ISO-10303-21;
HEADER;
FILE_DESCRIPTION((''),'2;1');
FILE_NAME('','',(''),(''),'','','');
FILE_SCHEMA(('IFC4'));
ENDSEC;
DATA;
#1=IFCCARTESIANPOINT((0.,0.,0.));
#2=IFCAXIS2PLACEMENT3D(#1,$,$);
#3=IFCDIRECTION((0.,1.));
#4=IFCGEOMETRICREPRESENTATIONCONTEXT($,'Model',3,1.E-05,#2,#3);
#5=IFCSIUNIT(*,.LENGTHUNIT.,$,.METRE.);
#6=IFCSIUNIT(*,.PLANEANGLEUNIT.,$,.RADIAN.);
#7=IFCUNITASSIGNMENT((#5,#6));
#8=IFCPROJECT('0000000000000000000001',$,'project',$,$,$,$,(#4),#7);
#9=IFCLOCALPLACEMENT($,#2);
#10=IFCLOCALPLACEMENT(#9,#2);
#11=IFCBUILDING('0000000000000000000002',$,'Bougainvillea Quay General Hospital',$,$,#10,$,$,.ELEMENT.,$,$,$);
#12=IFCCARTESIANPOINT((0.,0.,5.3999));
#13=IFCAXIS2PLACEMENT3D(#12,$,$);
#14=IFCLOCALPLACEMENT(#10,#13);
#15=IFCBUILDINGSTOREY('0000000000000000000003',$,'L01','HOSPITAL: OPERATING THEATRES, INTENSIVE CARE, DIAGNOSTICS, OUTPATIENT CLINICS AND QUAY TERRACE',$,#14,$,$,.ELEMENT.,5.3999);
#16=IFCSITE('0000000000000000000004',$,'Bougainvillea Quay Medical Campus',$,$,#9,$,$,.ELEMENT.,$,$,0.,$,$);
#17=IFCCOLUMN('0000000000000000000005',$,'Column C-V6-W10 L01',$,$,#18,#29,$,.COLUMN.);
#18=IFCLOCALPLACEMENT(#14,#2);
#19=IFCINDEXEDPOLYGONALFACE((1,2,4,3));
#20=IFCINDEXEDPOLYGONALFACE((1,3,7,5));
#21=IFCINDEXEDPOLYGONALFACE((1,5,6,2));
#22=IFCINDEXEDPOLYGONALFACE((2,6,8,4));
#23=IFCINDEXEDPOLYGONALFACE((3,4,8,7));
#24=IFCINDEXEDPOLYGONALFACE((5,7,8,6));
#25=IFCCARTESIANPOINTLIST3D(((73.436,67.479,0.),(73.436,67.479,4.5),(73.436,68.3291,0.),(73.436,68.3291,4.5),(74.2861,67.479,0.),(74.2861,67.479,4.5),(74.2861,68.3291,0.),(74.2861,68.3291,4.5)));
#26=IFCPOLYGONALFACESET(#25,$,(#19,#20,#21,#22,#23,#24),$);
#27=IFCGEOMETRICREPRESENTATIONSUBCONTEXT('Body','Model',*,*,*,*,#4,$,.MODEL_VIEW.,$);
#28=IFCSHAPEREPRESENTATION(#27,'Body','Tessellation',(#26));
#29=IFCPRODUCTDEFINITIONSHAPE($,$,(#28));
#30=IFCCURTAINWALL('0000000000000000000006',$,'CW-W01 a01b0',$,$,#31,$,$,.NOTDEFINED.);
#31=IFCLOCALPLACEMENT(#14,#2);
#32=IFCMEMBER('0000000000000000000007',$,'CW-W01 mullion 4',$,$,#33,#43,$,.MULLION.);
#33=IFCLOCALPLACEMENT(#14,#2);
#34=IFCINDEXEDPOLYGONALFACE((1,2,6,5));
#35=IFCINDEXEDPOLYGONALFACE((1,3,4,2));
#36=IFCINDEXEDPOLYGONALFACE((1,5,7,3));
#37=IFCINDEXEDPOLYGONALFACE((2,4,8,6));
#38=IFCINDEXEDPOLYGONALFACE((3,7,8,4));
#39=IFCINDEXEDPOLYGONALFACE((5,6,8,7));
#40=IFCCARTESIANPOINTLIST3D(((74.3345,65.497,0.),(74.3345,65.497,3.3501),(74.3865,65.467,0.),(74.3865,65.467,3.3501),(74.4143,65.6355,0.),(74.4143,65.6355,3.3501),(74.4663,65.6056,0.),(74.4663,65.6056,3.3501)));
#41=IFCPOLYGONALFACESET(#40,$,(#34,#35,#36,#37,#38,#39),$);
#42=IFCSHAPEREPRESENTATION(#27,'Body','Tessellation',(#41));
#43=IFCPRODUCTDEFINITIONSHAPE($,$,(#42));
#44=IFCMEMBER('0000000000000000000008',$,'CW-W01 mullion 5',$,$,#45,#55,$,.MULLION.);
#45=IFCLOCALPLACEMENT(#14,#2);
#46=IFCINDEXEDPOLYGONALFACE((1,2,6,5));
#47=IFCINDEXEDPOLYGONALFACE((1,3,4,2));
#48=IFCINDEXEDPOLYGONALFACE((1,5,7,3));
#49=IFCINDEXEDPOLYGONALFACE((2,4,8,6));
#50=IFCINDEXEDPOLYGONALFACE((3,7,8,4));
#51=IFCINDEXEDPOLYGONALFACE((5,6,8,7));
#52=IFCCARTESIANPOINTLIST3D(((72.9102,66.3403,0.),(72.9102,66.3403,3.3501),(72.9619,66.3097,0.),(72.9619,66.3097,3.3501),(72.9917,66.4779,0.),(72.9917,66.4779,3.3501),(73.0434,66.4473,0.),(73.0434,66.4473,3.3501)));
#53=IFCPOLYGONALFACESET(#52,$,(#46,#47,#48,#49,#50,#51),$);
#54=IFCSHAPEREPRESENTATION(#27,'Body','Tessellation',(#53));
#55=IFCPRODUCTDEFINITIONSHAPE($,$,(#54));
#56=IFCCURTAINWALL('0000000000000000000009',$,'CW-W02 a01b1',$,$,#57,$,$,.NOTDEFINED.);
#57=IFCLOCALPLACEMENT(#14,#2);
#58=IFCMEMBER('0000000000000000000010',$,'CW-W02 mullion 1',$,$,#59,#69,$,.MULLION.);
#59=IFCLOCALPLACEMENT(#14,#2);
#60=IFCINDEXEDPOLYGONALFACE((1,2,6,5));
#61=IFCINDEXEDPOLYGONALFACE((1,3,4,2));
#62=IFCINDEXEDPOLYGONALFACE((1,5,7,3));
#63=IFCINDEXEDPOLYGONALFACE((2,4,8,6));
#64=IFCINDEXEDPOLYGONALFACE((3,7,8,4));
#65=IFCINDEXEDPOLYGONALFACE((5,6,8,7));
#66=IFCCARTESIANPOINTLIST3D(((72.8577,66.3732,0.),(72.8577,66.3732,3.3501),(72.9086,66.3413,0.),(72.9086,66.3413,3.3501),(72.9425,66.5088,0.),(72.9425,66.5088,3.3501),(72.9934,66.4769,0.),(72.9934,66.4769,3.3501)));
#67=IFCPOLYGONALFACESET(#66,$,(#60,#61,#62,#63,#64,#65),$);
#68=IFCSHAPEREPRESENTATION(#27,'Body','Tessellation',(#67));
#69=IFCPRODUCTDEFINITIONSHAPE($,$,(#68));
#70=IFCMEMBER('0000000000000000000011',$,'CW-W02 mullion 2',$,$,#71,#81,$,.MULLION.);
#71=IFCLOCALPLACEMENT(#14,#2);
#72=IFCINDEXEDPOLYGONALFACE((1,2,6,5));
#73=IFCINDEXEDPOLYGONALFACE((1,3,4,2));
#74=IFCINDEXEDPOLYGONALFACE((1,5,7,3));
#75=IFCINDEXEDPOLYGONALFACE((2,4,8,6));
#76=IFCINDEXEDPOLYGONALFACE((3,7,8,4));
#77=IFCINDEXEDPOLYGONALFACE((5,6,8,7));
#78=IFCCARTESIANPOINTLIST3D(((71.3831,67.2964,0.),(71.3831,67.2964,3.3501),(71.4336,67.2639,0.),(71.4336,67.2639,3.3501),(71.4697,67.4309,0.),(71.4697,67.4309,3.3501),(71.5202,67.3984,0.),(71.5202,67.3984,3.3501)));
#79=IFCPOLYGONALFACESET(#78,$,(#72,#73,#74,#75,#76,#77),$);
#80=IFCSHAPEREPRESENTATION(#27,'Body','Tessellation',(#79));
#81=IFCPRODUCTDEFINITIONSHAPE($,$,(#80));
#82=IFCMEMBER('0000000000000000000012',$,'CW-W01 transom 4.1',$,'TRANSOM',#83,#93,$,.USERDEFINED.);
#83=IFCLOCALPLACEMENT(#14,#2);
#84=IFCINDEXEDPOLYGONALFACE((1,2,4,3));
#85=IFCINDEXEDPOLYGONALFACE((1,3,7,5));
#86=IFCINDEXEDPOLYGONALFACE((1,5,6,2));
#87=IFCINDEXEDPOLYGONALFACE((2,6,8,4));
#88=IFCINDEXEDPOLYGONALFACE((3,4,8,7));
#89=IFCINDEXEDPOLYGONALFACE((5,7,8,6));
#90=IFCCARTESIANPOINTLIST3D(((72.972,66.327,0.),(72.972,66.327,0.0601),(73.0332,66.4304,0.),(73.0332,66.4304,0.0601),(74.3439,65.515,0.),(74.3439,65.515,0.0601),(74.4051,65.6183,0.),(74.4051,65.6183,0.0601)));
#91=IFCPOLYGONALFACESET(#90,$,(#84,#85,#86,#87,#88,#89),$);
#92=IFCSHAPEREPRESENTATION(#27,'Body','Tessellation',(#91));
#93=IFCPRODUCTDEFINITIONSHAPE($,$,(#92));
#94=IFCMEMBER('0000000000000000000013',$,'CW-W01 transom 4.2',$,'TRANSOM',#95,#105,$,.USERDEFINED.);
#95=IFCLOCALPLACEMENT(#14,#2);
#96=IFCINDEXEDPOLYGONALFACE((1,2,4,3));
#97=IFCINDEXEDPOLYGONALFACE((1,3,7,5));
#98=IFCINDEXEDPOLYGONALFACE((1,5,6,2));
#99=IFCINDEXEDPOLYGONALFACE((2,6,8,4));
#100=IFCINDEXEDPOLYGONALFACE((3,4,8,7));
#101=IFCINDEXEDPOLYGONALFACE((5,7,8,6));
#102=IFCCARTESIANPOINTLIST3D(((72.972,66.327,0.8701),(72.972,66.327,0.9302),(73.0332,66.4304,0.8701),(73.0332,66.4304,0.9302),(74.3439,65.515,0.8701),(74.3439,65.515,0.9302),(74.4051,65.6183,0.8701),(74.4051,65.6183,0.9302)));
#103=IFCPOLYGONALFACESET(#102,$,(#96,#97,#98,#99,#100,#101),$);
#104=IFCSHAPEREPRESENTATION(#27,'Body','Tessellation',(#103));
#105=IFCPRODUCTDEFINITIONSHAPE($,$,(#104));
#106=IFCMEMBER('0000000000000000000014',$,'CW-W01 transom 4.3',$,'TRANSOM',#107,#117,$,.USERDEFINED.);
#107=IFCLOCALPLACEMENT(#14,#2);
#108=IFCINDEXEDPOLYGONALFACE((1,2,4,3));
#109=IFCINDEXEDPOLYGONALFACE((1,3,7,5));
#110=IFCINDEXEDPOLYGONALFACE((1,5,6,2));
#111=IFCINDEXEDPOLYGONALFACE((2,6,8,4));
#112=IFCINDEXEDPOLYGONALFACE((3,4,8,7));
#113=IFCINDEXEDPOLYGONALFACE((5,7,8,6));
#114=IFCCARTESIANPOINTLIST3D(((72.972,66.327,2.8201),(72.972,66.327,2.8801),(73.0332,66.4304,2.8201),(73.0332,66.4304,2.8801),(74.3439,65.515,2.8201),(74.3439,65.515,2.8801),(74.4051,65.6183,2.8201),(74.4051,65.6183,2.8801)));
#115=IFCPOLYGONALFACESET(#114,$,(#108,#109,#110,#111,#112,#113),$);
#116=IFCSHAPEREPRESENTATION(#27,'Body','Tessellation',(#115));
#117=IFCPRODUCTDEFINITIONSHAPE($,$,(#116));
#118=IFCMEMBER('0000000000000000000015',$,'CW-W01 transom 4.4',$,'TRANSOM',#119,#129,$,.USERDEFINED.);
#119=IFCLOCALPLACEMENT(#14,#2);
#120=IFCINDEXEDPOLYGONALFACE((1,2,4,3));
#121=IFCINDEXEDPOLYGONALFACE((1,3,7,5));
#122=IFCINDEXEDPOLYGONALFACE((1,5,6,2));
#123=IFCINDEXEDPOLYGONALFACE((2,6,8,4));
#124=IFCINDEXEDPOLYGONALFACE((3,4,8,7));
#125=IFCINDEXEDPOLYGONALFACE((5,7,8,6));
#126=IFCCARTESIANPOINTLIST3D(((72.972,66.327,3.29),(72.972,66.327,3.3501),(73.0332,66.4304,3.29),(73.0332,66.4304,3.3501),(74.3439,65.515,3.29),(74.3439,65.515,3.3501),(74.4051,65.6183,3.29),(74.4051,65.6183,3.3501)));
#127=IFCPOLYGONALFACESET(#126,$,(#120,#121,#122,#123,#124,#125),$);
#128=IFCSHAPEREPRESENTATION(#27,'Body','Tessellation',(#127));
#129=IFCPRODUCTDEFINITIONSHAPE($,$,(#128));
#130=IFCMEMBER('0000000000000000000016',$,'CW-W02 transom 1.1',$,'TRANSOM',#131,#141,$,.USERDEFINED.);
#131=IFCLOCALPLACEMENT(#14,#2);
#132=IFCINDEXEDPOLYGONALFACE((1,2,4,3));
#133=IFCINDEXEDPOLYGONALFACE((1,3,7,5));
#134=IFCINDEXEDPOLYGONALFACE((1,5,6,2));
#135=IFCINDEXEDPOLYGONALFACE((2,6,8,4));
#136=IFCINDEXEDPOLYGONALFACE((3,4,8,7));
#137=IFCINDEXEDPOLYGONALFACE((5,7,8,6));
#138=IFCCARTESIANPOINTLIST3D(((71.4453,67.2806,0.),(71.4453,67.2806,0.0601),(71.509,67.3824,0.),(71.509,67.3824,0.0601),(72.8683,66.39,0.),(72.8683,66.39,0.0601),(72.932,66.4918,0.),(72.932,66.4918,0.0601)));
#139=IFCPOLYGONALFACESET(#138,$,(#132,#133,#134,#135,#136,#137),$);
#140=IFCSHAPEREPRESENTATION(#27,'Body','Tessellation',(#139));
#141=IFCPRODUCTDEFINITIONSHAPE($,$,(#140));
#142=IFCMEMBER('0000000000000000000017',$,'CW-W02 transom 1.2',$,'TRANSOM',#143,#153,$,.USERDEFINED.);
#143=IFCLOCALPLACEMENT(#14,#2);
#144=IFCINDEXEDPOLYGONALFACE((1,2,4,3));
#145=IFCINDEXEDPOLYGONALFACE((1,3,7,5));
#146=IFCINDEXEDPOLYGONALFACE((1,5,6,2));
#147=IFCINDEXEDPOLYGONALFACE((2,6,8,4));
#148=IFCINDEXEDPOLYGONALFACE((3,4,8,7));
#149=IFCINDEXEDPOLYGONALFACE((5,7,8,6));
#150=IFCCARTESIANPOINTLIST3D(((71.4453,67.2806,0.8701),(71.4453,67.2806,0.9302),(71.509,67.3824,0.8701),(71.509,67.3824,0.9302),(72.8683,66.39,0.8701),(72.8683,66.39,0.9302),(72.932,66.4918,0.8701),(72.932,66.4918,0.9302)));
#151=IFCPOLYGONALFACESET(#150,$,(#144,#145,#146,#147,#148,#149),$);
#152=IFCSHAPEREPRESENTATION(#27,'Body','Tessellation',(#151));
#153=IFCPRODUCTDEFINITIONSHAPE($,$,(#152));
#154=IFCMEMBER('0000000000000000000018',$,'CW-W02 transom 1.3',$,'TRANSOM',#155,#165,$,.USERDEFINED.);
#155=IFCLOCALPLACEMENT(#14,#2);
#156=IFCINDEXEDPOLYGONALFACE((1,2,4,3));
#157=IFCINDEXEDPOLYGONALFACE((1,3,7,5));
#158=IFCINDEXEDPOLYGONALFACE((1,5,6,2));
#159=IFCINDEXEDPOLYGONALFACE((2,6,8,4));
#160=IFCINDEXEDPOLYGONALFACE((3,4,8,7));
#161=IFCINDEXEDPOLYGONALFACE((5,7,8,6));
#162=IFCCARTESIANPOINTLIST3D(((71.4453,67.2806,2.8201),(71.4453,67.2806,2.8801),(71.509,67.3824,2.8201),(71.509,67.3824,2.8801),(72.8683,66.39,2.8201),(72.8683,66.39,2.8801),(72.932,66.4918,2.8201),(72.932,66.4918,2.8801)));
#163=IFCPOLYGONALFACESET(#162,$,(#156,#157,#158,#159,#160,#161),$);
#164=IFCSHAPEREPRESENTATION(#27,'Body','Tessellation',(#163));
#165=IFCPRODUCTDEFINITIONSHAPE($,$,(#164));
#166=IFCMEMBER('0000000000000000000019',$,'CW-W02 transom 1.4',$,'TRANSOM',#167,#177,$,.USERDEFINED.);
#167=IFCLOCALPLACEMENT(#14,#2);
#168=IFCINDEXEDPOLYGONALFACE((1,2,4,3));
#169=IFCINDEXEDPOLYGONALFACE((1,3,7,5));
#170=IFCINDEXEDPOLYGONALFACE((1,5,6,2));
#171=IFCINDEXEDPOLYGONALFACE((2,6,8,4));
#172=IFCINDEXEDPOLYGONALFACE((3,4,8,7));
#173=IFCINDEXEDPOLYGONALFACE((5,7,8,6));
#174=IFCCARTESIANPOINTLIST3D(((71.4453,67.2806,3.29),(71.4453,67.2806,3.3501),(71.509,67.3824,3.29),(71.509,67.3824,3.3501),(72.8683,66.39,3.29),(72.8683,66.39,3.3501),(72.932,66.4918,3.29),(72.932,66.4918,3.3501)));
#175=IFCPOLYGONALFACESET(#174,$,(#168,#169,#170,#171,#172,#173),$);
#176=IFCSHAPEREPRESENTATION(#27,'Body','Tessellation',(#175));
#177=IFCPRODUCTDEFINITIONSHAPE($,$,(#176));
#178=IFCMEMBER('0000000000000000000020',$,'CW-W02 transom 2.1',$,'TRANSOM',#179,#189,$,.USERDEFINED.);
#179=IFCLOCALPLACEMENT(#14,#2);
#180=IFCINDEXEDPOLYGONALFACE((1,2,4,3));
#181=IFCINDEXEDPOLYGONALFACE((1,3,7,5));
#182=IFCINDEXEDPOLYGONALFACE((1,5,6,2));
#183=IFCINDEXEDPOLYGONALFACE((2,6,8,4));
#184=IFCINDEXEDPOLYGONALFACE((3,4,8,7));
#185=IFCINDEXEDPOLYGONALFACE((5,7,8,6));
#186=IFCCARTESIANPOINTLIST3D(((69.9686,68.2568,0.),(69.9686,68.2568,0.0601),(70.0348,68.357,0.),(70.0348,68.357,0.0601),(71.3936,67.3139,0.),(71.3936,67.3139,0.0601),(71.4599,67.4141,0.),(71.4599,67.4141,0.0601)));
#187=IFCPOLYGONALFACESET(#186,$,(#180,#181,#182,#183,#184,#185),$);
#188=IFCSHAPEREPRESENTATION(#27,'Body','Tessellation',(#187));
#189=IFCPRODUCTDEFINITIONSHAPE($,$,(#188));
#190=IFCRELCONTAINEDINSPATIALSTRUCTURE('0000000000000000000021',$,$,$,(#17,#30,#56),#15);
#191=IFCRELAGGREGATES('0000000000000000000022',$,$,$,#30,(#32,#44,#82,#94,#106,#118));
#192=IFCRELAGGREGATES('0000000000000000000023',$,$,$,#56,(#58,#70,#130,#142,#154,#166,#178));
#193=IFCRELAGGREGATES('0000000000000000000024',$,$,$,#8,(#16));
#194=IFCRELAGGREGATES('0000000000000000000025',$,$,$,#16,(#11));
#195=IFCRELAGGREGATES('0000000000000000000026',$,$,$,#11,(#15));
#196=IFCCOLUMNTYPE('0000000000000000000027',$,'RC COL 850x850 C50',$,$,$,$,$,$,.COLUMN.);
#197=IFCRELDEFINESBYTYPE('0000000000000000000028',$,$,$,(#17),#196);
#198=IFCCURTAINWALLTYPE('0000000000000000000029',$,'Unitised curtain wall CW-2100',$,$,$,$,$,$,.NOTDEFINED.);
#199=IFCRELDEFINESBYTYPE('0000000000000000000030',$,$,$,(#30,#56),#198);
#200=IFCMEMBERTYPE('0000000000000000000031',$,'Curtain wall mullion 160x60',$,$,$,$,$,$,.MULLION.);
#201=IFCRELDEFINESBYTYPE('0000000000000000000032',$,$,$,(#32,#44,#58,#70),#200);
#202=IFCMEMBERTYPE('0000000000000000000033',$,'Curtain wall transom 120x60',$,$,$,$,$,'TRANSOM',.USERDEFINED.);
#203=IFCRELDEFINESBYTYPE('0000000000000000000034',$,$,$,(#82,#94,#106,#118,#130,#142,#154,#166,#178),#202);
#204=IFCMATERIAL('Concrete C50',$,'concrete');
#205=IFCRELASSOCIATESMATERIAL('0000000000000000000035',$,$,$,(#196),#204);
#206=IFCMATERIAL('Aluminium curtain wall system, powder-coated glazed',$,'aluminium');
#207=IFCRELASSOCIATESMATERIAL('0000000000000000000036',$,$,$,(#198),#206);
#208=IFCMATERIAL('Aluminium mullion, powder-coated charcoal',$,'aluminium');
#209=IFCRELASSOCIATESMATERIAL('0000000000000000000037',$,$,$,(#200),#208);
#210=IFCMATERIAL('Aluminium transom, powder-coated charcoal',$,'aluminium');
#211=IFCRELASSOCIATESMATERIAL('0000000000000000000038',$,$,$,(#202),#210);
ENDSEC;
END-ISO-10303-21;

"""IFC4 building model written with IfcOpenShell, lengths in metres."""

from ifc_helpers import new_model, si_unit, direction, frame, origin, origin_2d, place, context, subcontext, project, spatial, rectangle, extrude, material, material_profile, profile_set, type_object, element, aggregate, save


model = new_model("IFC4")

# Units and contexts
model_context = context("Model", 3, precision=1e-05, world=origin(), true_north=direction((0.0, 1.0)))
body_context = subcontext(model_context, "Body", "Model", "MODEL_VIEW")
ifc_project = project(units=[si_unit("LENGTHUNIT", "METRE"), si_unit("PLANEANGLEUNIT", "RADIAN")], contexts=[model_context])

# Site, building, storey
site_placement = place(None, origin())
site = spatial("IfcSite", under=ifc_project, at=site_placement, Name="Bougainvillea Quay Medical Campus", CompositionType="ELEMENT", RefElevation=0.0)
building_placement = place(site_placement, origin())
building = spatial("IfcBuilding", under=site, at=building_placement, Name="Bougainvillea Quay General Hospital", CompositionType="ELEMENT")
storey_placement = place(building_placement, frame((0.0, 0.0, 5.3999)))
storey = spatial("IfcBuildingStorey", under=building, at=storey_placement, Name="L01", Description="HOSPITAL: OPERATING THEATRES, INTENSIVE CARE, DIAGNOSTICS, OUTPATIENT CLINICS AND QUAY TERRACE", CompositionType="ELEMENT", Elevation=5.3999)

# Column
ifc_material_1 = material(Name="Concrete C50", Category="concrete")
ifc_material_profile_1 = material_profile(ifc_material_1, rectangle(XDim=0.8501, YDim=0.8501, at=origin_2d()))
ifc_profile_set_1 = profile_set([ifc_material_profile_1], Name="Concrete C50")
column_type = type_object("IfcColumnType", Name="RC COL 850x850 C50", PredefinedType="COLUMN", material=ifc_profile_set_1)
column_placement = place(storey_placement, frame((73.8611, 67.9041, 0.0), z_axis=(0.0, 0.0, 1.0), x_axis=(1.0, 0.0, 0.0)))
element("IfcColumn", 1, at=column_placement, inside=storey, type_object=column_type, Name="Column C-V6-W10 L01", PredefinedType="COLUMN", context=body_context, shape_type="SweptSolid", body=[
    extrude(rectangle(XDim=0.8501, YDim=0.8501, at=origin_2d()), origin(), (0.0, 0.0, 1.0), 4.5),
])

# Curtain walls, members
ifc_material_2 = material(Name="Aluminium curtain wall system, powder-coated glazed", Category="aluminium")
curtain_wall_type = type_object("IfcCurtainWallType", Name="Unitised curtain wall CW-2100", PredefinedType="NOTDEFINED", material=ifc_material_2)
curtain_wall_1_placement = place(storey_placement, origin())
curtain_wall_1 = element("IfcCurtainWall", 2, at=curtain_wall_1_placement, inside=storey, type_object=curtain_wall_type, Name="CW-W01 a01b0", PredefinedType="NOTDEFINED")
ifc_material_3 = material(Name="Aluminium mullion, powder-coated charcoal", Category="aluminium")
ifc_material_profile_2 = material_profile(ifc_material_3, rectangle(XDim=0.1599, YDim=0.0601, at=origin_2d()))
ifc_profile_set_2 = profile_set([ifc_material_profile_2], Name="Aluminium mullion, powder-coated charcoal")
member_type_1 = type_object("IfcMemberType", Name="Curtain wall mullion 160x60", PredefinedType="MULLION", material=ifc_profile_set_2)
member_1_placement = place(storey_placement, frame((74.4004, 65.5513, 0.0), z_axis=(0.0, 0.0, 1.0), x_axis=(-0.498921, -0.866648, 0.0)))
member_1 = element("IfcMember", 3, at=member_1_placement, type_object=member_type_1, Name="CW-W01 mullion 4", PredefinedType="MULLION", context=body_context, shape_type="SweptSolid", body=[
    extrude(rectangle(XDim=0.1599, YDim=0.0601, at=origin_2d()), origin(), (0.0, 0.0, 1.0), 3.3501),
])
member_2_placement = place(storey_placement, frame((72.9768, 66.3938, 0.0), z_axis=(0.0, 0.0, 1.0), x_axis=(-0.509346, -0.860562, 0.0)))
member_2 = element("IfcMember", 4, at=member_2_placement, type_object=member_type_1, Name="CW-W01 mullion 5", PredefinedType="MULLION", context=body_context, shape_type="SweptSolid", body=[
    extrude(rectangle(XDim=0.1599, YDim=0.0601, at=origin_2d()), origin(), (0.0, 0.0, 1.0), 3.3501),
])
curtain_wall_2_placement = place(storey_placement, origin())
curtain_wall_2 = element("IfcCurtainWall", 5, at=curtain_wall_2_placement, inside=storey, type_object=curtain_wall_type, Name="CW-W02 a01b1", PredefinedType="NOTDEFINED")
member_3_placement = place(storey_placement, frame((72.9255, 66.425, 0.0), z_axis=(0.0, 0.0, 1.0), x_axis=(-0.530489, -0.847692, 0.0)))
member_3 = element("IfcMember", 6, at=member_3_placement, type_object=member_type_1, Name="CW-W02 mullion 1", PredefinedType="MULLION", context=body_context, shape_type="SweptSolid", body=[
    extrude(rectangle(XDim=0.1599, YDim=0.0601, at=origin_2d()), origin(), (0.0, 0.0, 1.0), 3.3501),
])
member_4_placement = place(storey_placement, frame((71.4517, 67.3474, 0.0), z_axis=(0.0, 0.0, 1.0), x_axis=(-0.541195, -0.840897, 0.0)))
member_4 = element("IfcMember", 7, at=member_4_placement, type_object=member_type_1, Name="CW-W02 mullion 2", PredefinedType="MULLION", context=body_context, shape_type="SweptSolid", body=[
    extrude(rectangle(XDim=0.1599, YDim=0.0601, at=origin_2d()), origin(), (0.0, 0.0, 1.0), 3.3501),
])

# Members
ifc_material_4 = material(Name="Aluminium transom, powder-coated charcoal", Category="aluminium")
ifc_material_profile_3 = material_profile(ifc_material_4, rectangle(XDim=0.1201, YDim=0.0601, at=origin_2d()))
ifc_profile_set_3 = profile_set([ifc_material_profile_3], Name="Aluminium transom, powder-coated charcoal")
member_type_2 = type_object("IfcMemberType", Name="Curtain wall transom 120x60", ElementType="TRANSOM", PredefinedType="USERDEFINED", material=ifc_profile_set_3)
member_5_placement = place(storey_placement, frame((74.3745, 65.5667, 0.03), z_axis=(-0.860545, 0.509374, 0.0), x_axis=(-0.509374, -0.860545, 0.0)))
member_5 = element("IfcMember", 8, at=member_5_placement, type_object=member_type_2, Name="CW-W01 transom 4.1", ObjectType="TRANSOM", PredefinedType="USERDEFINED", context=body_context, shape_type="SweptSolid", body=[
    extrude(rectangle(XDim=0.1201, YDim=0.0601, at=origin_2d()), origin(), (0.0, 0.0, 1.0), 1.5942),
])
member_6_placement = place(storey_placement, frame((74.3745, 65.5667, 0.9001), z_axis=(-0.860545, 0.509374, 0.0), x_axis=(-0.509374, -0.860545, 0.0)))
member_6 = element("IfcMember", 9, at=member_6_placement, type_object=member_type_2, Name="CW-W01 transom 4.2", ObjectType="TRANSOM", PredefinedType="USERDEFINED", context=body_context, shape_type="SweptSolid", body=[
    extrude(rectangle(XDim=0.1201, YDim=0.0601, at=origin_2d()), origin(), (0.0, 0.0, 1.0), 1.5942),
])
member_7_placement = place(storey_placement, frame((74.3745, 65.5667, 2.8501), z_axis=(-0.860545, 0.509374, 0.0), x_axis=(-0.509374, -0.860545, 0.0)))
member_7 = element("IfcMember", 10, at=member_7_placement, type_object=member_type_2, Name="CW-W01 transom 4.3", ObjectType="TRANSOM", PredefinedType="USERDEFINED", context=body_context, shape_type="SweptSolid", body=[
    extrude(rectangle(XDim=0.1201, YDim=0.0601, at=origin_2d()), origin(), (0.0, 0.0, 1.0), 1.5942),
])
member_8_placement = place(storey_placement, frame((74.3745, 65.5667, 3.3201), z_axis=(-0.860545, 0.509374, 0.0), x_axis=(-0.509374, -0.860545, 0.0)))
member_8 = element("IfcMember", 11, at=member_8_placement, type_object=member_type_2, Name="CW-W01 transom 4.4", ObjectType="TRANSOM", PredefinedType="USERDEFINED", context=body_context, shape_type="SweptSolid", body=[
    extrude(rectangle(XDim=0.1201, YDim=0.0601, at=origin_2d()), origin(), (0.0, 0.0, 1.0), 1.5942),
])
member_9_placement = place(storey_placement, frame((72.9001, 66.4409, 0.03), z_axis=(-0.84768, 0.530509, 0.0), x_axis=(-0.530509, -0.84768, 0.0)))
member_9 = element("IfcMember", 12, at=member_9_placement, type_object=member_type_2, Name="CW-W02 transom 1.1", ObjectType="TRANSOM", PredefinedType="USERDEFINED", context=body_context, shape_type="SweptSolid", body=[
    extrude(rectangle(XDim=0.1201, YDim=0.0601, at=origin_2d()), origin(), (0.0, 0.0, 1.0), 1.6787),
])
member_10_placement = place(storey_placement, frame((72.9001, 66.4409, 0.9001), z_axis=(-0.84768, 0.530509, 0.0), x_axis=(-0.530509, -0.84768, 0.0)))
member_10 = element("IfcMember", 13, at=member_10_placement, type_object=member_type_2, Name="CW-W02 transom 1.2", ObjectType="TRANSOM", PredefinedType="USERDEFINED", context=body_context, shape_type="SweptSolid", body=[
    extrude(rectangle(XDim=0.1201, YDim=0.0601, at=origin_2d()), origin(), (0.0, 0.0, 1.0), 1.6787),
])
member_11_placement = place(storey_placement, frame((72.9001, 66.4409, 2.8501), z_axis=(-0.84768, 0.530509, 0.0), x_axis=(-0.530509, -0.84768, 0.0)))
member_11 = element("IfcMember", 14, at=member_11_placement, type_object=member_type_2, Name="CW-W02 transom 1.3", ObjectType="TRANSOM", PredefinedType="USERDEFINED", context=body_context, shape_type="SweptSolid", body=[
    extrude(rectangle(XDim=0.1201, YDim=0.0601, at=origin_2d()), origin(), (0.0, 0.0, 1.0), 1.6787),
])
member_12_placement = place(storey_placement, frame((72.9001, 66.4409, 3.3201), z_axis=(-0.84768, 0.530509, 0.0), x_axis=(-0.530509, -0.84768, 0.0)))
member_12 = element("IfcMember", 15, at=member_12_placement, type_object=member_type_2, Name="CW-W02 transom 1.4", ObjectType="TRANSOM", PredefinedType="USERDEFINED", context=body_context, shape_type="SweptSolid", body=[
    extrude(rectangle(XDim=0.1201, YDim=0.0601, at=origin_2d()), origin(), (0.0, 0.0, 1.0), 1.6787),
])
member_13_placement = place(storey_placement, frame((71.4268, 67.364, 0.03), z_axis=(-0.83398, 0.551795, 0.0), x_axis=(-0.551795, -0.83398, 0.0)))
member_13 = element("IfcMember", 16, at=member_13_placement, type_object=member_type_2, Name="CW-W02 transom 2.1", ObjectType="TRANSOM", PredefinedType="USERDEFINED", context=body_context, shape_type="SweptSolid", body=[
    extrude(rectangle(XDim=0.1201, YDim=0.0601, at=origin_2d()), origin(), (0.0, 0.0, 1.0), 1.7087),
])

aggregate(curtain_wall_1, [member_1, member_2, member_5, member_6, member_7, member_8])
aggregate(curtain_wall_2, [member_3, member_4, member_9, member_10, member_11, member_12, member_13])

save(model, "model.ifc")
